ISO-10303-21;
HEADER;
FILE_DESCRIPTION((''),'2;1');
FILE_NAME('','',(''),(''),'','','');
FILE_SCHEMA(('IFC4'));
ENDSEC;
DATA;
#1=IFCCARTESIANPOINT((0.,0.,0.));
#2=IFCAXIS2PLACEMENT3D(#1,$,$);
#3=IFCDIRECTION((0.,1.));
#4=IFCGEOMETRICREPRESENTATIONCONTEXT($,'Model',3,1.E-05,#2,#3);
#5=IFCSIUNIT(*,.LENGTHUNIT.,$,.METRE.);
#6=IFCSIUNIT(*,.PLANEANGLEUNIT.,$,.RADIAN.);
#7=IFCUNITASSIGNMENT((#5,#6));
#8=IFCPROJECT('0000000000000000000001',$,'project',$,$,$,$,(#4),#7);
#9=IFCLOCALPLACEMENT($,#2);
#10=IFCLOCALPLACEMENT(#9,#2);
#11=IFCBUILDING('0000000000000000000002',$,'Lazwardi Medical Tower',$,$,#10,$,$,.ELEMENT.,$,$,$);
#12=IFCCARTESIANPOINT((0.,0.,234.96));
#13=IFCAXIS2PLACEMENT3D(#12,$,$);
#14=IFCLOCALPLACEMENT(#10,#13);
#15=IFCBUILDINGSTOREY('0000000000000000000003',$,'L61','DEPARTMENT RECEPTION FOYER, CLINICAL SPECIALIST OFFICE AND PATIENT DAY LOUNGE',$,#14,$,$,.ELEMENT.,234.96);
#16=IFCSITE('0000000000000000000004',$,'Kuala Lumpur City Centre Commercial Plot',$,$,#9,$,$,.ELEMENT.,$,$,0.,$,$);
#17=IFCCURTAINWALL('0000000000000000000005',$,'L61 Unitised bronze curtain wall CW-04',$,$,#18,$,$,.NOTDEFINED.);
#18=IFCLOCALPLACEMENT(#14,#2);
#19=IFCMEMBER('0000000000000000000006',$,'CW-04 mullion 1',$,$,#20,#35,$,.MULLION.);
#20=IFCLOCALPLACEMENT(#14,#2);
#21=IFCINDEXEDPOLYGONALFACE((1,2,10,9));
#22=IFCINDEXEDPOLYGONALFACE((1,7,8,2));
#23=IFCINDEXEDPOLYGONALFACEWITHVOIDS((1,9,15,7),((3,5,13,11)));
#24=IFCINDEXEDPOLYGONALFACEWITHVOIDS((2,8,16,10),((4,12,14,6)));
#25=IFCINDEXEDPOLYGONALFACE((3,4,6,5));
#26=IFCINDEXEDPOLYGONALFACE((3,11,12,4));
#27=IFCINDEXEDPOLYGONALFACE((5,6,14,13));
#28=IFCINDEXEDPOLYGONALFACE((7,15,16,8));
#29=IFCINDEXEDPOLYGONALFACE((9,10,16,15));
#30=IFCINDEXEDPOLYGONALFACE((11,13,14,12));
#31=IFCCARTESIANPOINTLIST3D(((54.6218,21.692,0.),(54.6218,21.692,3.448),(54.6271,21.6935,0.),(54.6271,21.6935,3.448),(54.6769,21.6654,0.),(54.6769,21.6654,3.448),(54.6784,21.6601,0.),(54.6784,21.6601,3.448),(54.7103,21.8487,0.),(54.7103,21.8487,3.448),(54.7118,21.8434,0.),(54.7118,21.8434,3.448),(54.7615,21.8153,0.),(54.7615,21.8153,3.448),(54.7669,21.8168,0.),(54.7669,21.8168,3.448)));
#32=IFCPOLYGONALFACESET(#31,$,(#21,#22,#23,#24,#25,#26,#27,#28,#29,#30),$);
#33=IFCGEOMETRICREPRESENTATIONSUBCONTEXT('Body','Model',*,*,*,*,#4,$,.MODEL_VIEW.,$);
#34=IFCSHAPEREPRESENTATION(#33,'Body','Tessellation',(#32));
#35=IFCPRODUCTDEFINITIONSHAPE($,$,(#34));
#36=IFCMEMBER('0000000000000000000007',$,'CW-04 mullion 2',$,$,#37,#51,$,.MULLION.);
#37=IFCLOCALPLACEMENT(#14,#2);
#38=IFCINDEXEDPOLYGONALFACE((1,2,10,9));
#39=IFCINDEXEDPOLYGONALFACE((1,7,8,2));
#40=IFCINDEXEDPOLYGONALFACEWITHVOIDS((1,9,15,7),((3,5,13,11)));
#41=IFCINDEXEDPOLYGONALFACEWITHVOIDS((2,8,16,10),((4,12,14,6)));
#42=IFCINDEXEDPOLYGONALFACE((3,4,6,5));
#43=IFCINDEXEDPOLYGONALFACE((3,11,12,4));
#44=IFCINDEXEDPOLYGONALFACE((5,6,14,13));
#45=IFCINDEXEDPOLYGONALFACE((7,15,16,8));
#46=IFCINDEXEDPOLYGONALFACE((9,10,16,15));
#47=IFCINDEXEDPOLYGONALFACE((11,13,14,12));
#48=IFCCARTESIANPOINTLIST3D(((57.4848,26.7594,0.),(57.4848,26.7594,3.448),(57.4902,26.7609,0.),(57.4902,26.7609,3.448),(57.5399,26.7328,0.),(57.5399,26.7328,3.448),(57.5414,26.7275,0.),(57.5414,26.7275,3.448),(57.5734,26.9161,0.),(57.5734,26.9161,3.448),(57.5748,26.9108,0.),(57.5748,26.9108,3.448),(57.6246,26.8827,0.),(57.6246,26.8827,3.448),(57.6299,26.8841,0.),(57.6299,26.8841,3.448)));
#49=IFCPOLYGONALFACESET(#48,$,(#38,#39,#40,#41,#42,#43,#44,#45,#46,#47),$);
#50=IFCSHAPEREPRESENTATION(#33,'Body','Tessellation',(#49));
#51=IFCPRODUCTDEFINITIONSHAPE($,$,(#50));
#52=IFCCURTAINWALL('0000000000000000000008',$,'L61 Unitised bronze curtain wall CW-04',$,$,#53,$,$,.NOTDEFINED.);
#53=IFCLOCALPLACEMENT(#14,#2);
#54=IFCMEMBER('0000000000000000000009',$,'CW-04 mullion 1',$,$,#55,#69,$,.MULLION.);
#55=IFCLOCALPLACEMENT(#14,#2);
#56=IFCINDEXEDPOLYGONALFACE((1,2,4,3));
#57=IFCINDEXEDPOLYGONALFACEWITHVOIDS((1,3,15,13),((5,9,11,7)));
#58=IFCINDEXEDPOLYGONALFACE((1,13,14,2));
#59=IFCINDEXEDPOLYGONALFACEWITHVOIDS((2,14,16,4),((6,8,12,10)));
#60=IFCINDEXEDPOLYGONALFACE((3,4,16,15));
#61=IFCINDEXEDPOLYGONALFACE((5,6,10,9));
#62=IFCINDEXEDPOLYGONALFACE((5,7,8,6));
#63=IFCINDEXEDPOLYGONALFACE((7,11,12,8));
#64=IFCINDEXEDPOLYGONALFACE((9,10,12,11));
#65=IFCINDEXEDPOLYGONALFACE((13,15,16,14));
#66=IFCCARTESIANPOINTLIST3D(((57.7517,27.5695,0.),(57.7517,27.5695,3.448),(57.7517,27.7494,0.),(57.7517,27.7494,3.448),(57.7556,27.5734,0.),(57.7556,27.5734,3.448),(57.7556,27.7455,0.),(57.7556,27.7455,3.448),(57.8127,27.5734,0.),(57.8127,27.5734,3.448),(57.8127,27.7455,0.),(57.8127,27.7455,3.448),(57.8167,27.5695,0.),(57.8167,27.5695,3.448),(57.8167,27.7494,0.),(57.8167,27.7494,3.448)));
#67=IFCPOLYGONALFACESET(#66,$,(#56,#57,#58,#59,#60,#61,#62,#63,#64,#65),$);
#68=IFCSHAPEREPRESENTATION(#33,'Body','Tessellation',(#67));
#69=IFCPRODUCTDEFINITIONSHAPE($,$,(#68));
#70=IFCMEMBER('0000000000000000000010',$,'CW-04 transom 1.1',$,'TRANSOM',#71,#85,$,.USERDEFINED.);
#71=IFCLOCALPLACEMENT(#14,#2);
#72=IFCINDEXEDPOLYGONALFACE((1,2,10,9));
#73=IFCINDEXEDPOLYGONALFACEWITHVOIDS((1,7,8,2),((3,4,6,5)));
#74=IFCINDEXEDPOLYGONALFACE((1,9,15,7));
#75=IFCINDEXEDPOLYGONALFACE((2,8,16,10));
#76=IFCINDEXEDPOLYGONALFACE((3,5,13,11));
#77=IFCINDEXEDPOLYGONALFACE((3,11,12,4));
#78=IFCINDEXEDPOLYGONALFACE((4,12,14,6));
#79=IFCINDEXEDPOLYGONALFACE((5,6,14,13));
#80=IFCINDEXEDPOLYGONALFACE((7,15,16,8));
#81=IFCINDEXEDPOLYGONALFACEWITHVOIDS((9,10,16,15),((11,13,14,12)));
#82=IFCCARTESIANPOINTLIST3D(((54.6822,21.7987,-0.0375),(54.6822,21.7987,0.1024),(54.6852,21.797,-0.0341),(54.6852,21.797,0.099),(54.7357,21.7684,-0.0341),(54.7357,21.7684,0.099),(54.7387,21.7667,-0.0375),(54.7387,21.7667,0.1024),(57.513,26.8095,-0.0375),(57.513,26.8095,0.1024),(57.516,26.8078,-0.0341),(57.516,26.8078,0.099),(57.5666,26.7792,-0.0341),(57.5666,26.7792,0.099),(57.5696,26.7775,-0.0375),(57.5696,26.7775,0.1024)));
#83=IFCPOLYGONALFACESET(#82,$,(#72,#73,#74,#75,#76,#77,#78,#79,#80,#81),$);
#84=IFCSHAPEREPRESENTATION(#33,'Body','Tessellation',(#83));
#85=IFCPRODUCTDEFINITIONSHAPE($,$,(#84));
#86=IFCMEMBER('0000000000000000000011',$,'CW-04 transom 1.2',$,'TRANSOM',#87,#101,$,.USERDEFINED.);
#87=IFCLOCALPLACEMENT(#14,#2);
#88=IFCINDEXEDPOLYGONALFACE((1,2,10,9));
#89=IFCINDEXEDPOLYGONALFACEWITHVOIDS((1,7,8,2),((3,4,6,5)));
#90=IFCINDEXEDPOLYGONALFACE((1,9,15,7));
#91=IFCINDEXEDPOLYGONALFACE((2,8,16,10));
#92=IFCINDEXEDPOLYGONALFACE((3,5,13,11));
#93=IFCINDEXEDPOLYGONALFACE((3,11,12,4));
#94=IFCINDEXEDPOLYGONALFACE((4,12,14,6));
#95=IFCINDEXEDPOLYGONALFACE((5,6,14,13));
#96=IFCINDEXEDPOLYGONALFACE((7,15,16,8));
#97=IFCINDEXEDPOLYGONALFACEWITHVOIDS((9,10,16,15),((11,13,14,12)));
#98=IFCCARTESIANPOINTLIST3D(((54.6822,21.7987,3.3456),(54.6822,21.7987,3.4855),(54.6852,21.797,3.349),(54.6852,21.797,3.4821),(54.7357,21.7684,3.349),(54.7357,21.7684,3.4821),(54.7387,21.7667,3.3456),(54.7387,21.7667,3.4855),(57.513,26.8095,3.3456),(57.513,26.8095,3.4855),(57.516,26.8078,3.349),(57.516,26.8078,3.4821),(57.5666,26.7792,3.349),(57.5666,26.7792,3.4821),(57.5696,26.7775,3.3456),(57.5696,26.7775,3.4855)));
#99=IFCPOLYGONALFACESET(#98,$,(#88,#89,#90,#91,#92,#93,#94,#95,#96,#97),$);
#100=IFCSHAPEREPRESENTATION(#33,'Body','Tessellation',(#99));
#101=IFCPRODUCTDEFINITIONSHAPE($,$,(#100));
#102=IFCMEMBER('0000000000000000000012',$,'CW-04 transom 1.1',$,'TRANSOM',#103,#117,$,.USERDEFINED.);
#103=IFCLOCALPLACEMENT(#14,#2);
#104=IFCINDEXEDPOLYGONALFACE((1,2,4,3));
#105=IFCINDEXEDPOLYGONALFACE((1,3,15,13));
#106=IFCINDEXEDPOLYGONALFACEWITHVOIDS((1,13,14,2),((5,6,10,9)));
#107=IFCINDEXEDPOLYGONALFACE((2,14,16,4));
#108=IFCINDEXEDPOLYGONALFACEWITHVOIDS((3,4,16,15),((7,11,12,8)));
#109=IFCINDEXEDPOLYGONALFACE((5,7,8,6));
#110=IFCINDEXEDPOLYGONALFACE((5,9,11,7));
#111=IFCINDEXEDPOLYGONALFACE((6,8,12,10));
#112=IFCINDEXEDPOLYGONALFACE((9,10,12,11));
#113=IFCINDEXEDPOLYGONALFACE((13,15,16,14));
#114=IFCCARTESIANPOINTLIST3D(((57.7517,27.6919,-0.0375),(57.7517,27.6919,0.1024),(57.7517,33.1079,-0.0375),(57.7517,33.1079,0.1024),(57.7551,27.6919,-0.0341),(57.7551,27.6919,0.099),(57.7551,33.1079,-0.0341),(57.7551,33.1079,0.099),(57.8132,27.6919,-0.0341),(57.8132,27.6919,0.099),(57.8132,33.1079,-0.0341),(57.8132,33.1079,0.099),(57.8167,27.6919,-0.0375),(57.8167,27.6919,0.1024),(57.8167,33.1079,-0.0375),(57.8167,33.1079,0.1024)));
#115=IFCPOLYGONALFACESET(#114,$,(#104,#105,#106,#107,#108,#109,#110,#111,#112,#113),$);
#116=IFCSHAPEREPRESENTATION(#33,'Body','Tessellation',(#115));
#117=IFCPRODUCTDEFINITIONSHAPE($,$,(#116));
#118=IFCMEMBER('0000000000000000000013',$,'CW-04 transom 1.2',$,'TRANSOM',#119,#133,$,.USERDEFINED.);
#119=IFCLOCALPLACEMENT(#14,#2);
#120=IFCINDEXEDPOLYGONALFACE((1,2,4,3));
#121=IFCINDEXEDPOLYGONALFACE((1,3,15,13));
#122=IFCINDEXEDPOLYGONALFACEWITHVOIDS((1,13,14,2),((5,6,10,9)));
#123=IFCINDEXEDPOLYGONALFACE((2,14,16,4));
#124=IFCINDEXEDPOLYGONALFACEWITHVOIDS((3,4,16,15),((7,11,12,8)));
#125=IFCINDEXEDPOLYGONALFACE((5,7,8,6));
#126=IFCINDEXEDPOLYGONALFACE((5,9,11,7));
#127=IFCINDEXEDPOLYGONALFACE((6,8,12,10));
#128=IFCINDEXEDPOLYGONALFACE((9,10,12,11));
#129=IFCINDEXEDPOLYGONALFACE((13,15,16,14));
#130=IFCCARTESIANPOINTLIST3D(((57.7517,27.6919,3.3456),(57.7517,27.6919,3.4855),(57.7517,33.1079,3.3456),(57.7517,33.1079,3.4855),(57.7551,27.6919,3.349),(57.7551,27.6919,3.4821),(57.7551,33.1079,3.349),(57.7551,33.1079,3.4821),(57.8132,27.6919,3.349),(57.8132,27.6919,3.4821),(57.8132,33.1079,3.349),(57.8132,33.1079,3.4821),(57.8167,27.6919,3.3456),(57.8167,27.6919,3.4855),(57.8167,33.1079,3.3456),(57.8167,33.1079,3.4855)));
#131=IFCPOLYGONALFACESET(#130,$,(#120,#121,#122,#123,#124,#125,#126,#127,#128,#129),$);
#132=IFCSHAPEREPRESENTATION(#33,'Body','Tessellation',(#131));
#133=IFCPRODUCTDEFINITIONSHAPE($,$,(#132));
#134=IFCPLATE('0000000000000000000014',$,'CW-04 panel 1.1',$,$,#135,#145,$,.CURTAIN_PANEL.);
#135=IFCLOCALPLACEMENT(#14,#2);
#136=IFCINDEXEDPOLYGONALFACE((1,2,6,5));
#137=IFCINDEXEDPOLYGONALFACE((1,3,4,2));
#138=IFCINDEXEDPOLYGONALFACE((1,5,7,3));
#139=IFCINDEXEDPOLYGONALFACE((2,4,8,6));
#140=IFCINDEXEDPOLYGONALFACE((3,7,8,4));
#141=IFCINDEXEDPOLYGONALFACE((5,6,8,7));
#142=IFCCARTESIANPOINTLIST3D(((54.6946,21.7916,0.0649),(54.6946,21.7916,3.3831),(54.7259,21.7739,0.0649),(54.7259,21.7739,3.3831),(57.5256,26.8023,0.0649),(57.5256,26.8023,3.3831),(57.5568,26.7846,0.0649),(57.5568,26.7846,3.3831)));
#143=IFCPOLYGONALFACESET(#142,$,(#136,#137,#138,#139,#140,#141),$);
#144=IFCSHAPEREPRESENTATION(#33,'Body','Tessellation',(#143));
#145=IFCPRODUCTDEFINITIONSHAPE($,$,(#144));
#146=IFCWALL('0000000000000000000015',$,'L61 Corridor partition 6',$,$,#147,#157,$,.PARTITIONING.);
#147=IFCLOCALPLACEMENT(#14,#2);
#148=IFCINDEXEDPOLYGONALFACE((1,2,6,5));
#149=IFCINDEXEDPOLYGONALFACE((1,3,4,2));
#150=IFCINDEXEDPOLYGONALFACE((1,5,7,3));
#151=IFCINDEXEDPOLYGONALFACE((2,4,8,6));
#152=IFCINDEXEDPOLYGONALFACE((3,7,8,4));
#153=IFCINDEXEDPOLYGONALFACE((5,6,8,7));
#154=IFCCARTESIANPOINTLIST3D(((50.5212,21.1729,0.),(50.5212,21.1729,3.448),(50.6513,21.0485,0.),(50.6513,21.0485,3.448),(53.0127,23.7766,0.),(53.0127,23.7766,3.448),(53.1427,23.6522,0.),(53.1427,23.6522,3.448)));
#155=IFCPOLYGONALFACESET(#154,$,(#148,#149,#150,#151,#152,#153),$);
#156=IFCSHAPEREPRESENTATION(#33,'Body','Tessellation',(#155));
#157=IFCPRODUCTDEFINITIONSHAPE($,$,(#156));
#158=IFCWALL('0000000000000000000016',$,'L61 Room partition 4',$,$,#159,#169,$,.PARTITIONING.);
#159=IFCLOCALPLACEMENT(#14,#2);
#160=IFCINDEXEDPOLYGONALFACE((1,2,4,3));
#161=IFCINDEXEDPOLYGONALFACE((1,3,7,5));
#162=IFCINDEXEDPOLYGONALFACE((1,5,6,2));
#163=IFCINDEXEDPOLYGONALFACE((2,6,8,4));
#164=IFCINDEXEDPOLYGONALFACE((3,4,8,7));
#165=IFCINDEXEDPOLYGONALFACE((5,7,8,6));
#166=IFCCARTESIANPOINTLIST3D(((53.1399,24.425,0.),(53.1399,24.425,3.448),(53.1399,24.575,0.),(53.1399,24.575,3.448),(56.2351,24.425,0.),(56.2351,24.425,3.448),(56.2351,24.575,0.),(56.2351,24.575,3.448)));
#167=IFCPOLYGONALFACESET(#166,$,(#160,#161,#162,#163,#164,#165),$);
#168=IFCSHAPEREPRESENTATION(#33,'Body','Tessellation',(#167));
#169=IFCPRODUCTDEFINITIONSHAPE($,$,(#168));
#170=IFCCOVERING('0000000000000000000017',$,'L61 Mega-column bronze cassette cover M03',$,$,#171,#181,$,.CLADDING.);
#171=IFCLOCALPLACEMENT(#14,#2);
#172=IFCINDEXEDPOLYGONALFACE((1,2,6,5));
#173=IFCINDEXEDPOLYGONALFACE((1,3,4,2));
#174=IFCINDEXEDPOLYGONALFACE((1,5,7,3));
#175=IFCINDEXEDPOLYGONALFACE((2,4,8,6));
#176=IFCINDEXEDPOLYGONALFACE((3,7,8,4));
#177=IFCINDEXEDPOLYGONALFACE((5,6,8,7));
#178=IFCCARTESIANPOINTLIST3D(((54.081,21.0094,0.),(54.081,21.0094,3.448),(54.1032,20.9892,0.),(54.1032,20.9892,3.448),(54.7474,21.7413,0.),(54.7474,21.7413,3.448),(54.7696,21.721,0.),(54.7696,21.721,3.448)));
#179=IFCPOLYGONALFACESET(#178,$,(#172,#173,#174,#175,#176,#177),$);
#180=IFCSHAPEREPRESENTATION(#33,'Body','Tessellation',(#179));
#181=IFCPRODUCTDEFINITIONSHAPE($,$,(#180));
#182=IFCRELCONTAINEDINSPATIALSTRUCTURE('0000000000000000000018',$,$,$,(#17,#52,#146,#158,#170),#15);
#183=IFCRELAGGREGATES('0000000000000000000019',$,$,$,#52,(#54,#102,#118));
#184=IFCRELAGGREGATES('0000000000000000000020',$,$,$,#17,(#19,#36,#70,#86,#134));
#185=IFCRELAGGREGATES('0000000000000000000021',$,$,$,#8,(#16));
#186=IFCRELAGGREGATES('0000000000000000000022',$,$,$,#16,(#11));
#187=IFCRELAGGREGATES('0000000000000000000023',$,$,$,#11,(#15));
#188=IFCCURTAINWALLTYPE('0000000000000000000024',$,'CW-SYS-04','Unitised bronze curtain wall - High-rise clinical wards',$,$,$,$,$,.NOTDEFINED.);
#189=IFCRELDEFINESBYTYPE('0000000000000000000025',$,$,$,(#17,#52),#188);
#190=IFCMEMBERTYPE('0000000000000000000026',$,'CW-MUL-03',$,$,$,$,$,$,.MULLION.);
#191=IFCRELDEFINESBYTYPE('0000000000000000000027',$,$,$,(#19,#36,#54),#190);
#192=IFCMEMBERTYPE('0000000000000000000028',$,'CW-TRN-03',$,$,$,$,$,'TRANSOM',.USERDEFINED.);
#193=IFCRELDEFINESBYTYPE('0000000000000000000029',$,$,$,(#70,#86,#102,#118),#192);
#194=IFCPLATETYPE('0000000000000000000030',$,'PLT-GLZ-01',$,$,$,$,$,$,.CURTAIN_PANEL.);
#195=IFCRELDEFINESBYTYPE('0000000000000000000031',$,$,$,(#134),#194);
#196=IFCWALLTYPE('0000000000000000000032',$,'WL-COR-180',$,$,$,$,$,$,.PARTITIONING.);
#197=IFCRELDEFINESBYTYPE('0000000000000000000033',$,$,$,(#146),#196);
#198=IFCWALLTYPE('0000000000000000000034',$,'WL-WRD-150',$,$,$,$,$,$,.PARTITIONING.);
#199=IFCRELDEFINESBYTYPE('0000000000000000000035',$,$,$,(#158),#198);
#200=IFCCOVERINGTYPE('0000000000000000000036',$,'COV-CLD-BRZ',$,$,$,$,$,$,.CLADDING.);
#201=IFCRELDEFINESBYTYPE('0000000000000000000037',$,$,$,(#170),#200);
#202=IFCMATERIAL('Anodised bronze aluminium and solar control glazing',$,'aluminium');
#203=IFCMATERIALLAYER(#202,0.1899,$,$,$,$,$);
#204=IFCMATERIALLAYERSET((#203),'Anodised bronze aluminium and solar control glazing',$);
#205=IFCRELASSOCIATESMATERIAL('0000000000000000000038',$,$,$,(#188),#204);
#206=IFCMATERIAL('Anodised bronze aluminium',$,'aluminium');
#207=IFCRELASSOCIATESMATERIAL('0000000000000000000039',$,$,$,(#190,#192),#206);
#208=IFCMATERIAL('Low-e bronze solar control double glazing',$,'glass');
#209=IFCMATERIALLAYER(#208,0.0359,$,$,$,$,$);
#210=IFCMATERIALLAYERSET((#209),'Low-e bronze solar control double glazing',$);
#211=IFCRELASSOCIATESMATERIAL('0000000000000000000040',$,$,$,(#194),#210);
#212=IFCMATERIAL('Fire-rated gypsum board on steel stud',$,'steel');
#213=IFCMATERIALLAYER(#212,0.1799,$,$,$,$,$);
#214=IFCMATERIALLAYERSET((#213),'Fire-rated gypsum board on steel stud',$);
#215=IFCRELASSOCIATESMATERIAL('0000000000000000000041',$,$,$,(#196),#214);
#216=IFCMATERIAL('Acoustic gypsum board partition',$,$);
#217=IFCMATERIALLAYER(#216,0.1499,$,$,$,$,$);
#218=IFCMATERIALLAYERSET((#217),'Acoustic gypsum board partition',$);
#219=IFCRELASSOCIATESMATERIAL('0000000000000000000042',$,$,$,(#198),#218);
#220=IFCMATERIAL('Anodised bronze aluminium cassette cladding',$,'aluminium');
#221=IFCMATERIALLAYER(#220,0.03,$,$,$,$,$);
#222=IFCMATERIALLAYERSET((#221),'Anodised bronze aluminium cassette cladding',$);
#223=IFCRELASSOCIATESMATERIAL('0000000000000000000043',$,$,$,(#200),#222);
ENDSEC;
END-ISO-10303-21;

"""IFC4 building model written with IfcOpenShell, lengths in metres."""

from ifc_helpers import new_model, si_unit, direction, frame, frame_2d, origin, origin_2d, place, context, subcontext, project, spatial, rectangle, hollow_rectangle, extrude, material, layer, layer_set, material_profile, profile_set, type_object, element, aggregate, save


model = new_model("IFC4")

# Units and contexts
model_context = context("Model", 3, precision=1e-05, world=origin(), true_north=direction((0.0, 1.0)))
body_context = subcontext(model_context, "Body", "Model", "MODEL_VIEW")
ifc_project = project(units=[si_unit("LENGTHUNIT", "METRE"), si_unit("PLANEANGLEUNIT", "RADIAN")], contexts=[model_context])

# Site, building, storey
site_placement = place(None, origin())
site = spatial("IfcSite", under=ifc_project, at=site_placement, Name="Kuala Lumpur City Centre Commercial Plot", CompositionType="ELEMENT", RefElevation=0.0)
building_placement = place(site_placement, origin())
building = spatial("IfcBuilding", under=site, at=building_placement, Name="Lazwardi Medical Tower", CompositionType="ELEMENT")
storey_placement = place(building_placement, frame((0.0, 0.0, 234.96)))
storey = spatial("IfcBuildingStorey", under=building, at=storey_placement, Name="L61", Description="DEPARTMENT RECEPTION FOYER, CLINICAL SPECIALIST OFFICE AND PATIENT DAY LOUNGE", CompositionType="ELEMENT", Elevation=234.96)

# Shared definitions
ifc_material_1 = material(Name="Anodised bronze aluminium and solar control glazing", Category="aluminium")
ifc_layer_1 = layer(ifc_material_1, 0.1899)
ifc_layer_set_1 = layer_set([ifc_layer_1], Name="Anodised bronze aluminium and solar control glazing")
curtain_wall_type = type_object("IfcCurtainWallType", Name="CW-SYS-04", Description="Unitised bronze curtain wall - High-rise clinical wards", PredefinedType="NOTDEFINED", material=ifc_layer_set_1)
ifc_material_2 = material(Name="Anodised bronze aluminium", Category="aluminium")
ifc_material_profile_1 = material_profile(ifc_material_2, hollow_rectangle(XDim=0.0649, YDim=0.1799, WallThickness=0.0039, at=origin_2d()), Name="ALU-MULLION 180x65x4")
ifc_profile_set_1 = profile_set([ifc_material_profile_1], Name="Anodised bronze aluminium")
member_type_1 = type_object("IfcMemberType", Name="CW-MUL-03", PredefinedType="MULLION", material=ifc_profile_set_1)

# Curtain wall, members
curtain_wall_1_placement = place(storey_placement, origin())
curtain_wall_1 = element("IfcCurtainWall", 1, at=curtain_wall_1_placement, inside=storey, type_object=curtain_wall_type, Name="L61 Unitised bronze curtain wall CW-04", PredefinedType="NOTDEFINED")
member_1_placement = place(storey_placement, frame((54.6943, 21.7544, 0.0), z_axis=(0.0, 0.0, 1.0), x_axis=(-0.870651, 0.4919, 0.0)))
member_1 = element("IfcMember", 2, at=member_1_placement, type_object=member_type_1, Name="CW-04 mullion 1", PredefinedType="MULLION", context=body_context, shape_type="SweptSolid", body=[
    extrude(hollow_rectangle(XDim=0.0649, YDim=0.1799, WallThickness=0.0039, at=origin_2d()), origin(), (0.0, 0.0, 1.0), 3.448),
])
member_2_placement = place(storey_placement, frame((57.5574, 26.8218, 0.0), z_axis=(0.0, 0.0, 1.0), x_axis=(-0.870651, 0.4919, 0.0)))
member_2 = element("IfcMember", 3, at=member_2_placement, type_object=member_type_1, Name="CW-04 mullion 2", PredefinedType="MULLION", context=body_context, shape_type="SweptSolid", body=[
    extrude(hollow_rectangle(XDim=0.0649, YDim=0.1799, WallThickness=0.0039, at=origin_2d()), origin(), (0.0, 0.0, 1.0), 3.448),
])

# Curtain wall, member
curtain_wall_2_placement = place(storey_placement, origin())
curtain_wall_2 = element("IfcCurtainWall", 4, at=curtain_wall_2_placement, inside=storey, type_object=curtain_wall_type, Name="L61 Unitised bronze curtain wall CW-04", PredefinedType="NOTDEFINED")
member_3_placement = place(storey_placement, frame((57.7842, 27.6594, 0.0), z_axis=(0.0, 0.0, 1.0), x_axis=(-1.0, 0.0, 0.0)))
member_3 = element("IfcMember", 5, at=member_3_placement, type_object=member_type_1, Name="CW-04 mullion 1", PredefinedType="MULLION", context=body_context, shape_type="SweptSolid", body=[
    extrude(hollow_rectangle(XDim=0.0649, YDim=0.1799, WallThickness=0.0039, at=origin_2d()), origin(), (0.0, 0.0, 1.0), 3.448),
])

# Members
ifc_material_profile_2 = material_profile(ifc_material_2, hollow_rectangle(XDim=0.0649, YDim=0.1399, WallThickness=0.0034, at=origin_2d()), Name="ALU-TRANSOM 140x65x3.5")
ifc_profile_set_2 = profile_set([ifc_material_profile_2], Name="Anodised bronze aluminium")
member_type_2 = type_object("IfcMemberType", Name="CW-TRN-03", ElementType="TRANSOM", PredefinedType="USERDEFINED", material=ifc_profile_set_2)
member_4_placement = place(storey_placement, frame((54.7104, 21.7827, 0.0325), z_axis=(0.49188, 0.870663, 0.0), x_axis=(-0.870663, 0.49188, 0.0)))
member_4 = element("IfcMember", 6, at=member_4_placement, type_object=member_type_2, Name="CW-04 transom 1.1", ObjectType="TRANSOM", PredefinedType="USERDEFINED", context=body_context, shape_type="SweptSolid", body=[
    extrude(hollow_rectangle(XDim=0.0649, YDim=0.1399, WallThickness=0.0034, at=origin_2d()), origin(), (0.0, 0.0, 1.0), 5.7551),
])
member_5_placement = place(storey_placement, frame((54.7104, 21.7827, 3.4155), z_axis=(0.49188, 0.870663, 0.0), x_axis=(-0.870663, 0.49188, 0.0)))
member_5 = element("IfcMember", 7, at=member_5_placement, type_object=member_type_2, Name="CW-04 transom 1.2", ObjectType="TRANSOM", PredefinedType="USERDEFINED", context=body_context, shape_type="SweptSolid", body=[
    extrude(hollow_rectangle(XDim=0.0649, YDim=0.1399, WallThickness=0.0034, at=origin_2d()), origin(), (0.0, 0.0, 1.0), 5.7551),
])
member_6_placement = place(storey_placement, frame((57.7842, 27.6919, 0.0325), z_axis=(0.0, 1.0, 0.0), x_axis=(-1.0, 0.0, 0.0)))
member_6 = element("IfcMember", 8, at=member_6_placement, type_object=member_type_2, Name="CW-04 transom 1.1", ObjectType="TRANSOM", PredefinedType="USERDEFINED", context=body_context, shape_type="SweptSolid", body=[
    extrude(hollow_rectangle(XDim=0.0649, YDim=0.1399, WallThickness=0.0034, at=origin_2d()), origin(), (0.0, 0.0, 1.0), 5.416),
])
member_7_placement = place(storey_placement, frame((57.7842, 27.6919, 3.4155), z_axis=(0.0, 1.0, 0.0), x_axis=(-1.0, 0.0, 0.0)))
member_7 = element("IfcMember", 9, at=member_7_placement, type_object=member_type_2, Name="CW-04 transom 1.2", ObjectType="TRANSOM", PredefinedType="USERDEFINED", context=body_context, shape_type="SweptSolid", body=[
    extrude(hollow_rectangle(XDim=0.0649, YDim=0.1399, WallThickness=0.0034, at=origin_2d()), origin(), (0.0, 0.0, 1.0), 5.416),
])
aggregate(curtain_wall_2, [member_3, member_6, member_7])

# Plate
ifc_material_3 = material(Name="Low-e bronze solar control double glazing", Category="glass")
ifc_layer_2 = layer(ifc_material_3, 0.0359)
ifc_layer_set_2 = layer_set([ifc_layer_2], Name="Low-e bronze solar control double glazing")
plate_type = type_object("IfcPlateType", Name="PLT-GLZ-01", PredefinedType="CURTAIN_PANEL", material=ifc_layer_set_2)
plate_placement = place(storey_placement, frame((56.1257, 24.2881, 0.0649), z_axis=(0.0, 0.0, 1.0), x_axis=(0.4919, 0.870651, 0.0)))
plate = element("IfcPlate", 10, at=plate_placement, type_object=plate_type, Name="CW-04 panel 1.1", PredefinedType="CURTAIN_PANEL", context=body_context, shape_type="SweptSolid", body=[
    extrude(rectangle(XDim=5.7551, YDim=0.0359, at=origin_2d()), origin(), (0.0, 0.0, 1.0), 3.3181),
])
aggregate(curtain_wall_1, [member_1, member_2, member_4, member_5, plate])

# Walls
ifc_material_4 = material(Name="Fire-rated gypsum board on steel stud", Category="steel")
ifc_layer_3 = layer(ifc_material_4, 0.1799)
ifc_layer_set_3 = layer_set([ifc_layer_3], Name="Fire-rated gypsum board on steel stud")
wall_type_1 = type_object("IfcWallType", Name="WL-COR-180", PredefinedType="PARTITIONING", material=ifc_layer_set_3)
wall_1_placement = place(storey_placement, frame((53.0776, 23.7144, 0.0), z_axis=(0.0, 0.0, 1.0), x_axis=(-0.691353, -0.722517, 0.0)))
element("IfcWall", 11, at=wall_1_placement, inside=storey, type_object=wall_type_1, Name="L61 Corridor partition 6", PredefinedType="PARTITIONING", context=body_context, shape_type="SweptSolid", body=[
    extrude(rectangle(XDim=3.6038, YDim=0.1799, at=frame_2d((1.8018, 0.0))), origin(), (0.0, 0.0, 1.0), 3.448),
])
ifc_material_5 = material(Name="Acoustic gypsum board partition")
ifc_layer_4 = layer(ifc_material_5, 0.1499)
ifc_layer_set_4 = layer_set([ifc_layer_4], Name="Acoustic gypsum board partition")
wall_type_2 = type_object("IfcWallType", Name="WL-WRD-150", PredefinedType="PARTITIONING", material=ifc_layer_set_4)
wall_2_placement = place(storey_placement, frame((53.1399, 24.5, 0.0), z_axis=(0.0, 0.0, 1.0), x_axis=(1.0, 0.0, 0.0)))
element("IfcWall", 12, at=wall_2_placement, inside=storey, type_object=wall_type_2, Name="L61 Room partition 4", PredefinedType="PARTITIONING", context=body_context, shape_type="SweptSolid", body=[
    extrude(rectangle(XDim=3.0952, YDim=0.1499, at=frame_2d((1.5476, 0.0))), origin(), (0.0, 0.0, 1.0), 3.448),
])

# Covering
ifc_material_6 = material(Name="Anodised bronze aluminium cassette cladding", Category="aluminium")
ifc_layer_5 = layer(ifc_material_6, 0.03)
ifc_layer_set_5 = layer_set([ifc_layer_5], Name="Anodised bronze aluminium cassette cladding")
covering_type = type_object("IfcCoveringType", Name="COV-CLD-BRZ", PredefinedType="CLADDING", material=ifc_layer_set_5)
covering_1_placement = place(storey_placement, frame((54.4253, 21.3652, 0.0), z_axis=(0.0, 0.0, 1.0), x_axis=(0.673241, 0.739423, 0.0)))
element("IfcCovering", 13, at=covering_1_placement, inside=storey, type_object=covering_type, Name="L61 Mega-column bronze cassette cover M03", PredefinedType="CLADDING", context=body_context, shape_type="SweptSolid", body=[
    extrude(rectangle(XDim=0.9897, YDim=0.03, at=origin_2d()), origin(), (0.0, 0.0, 1.0), 3.448),
])

save(model, "model.ifc")
